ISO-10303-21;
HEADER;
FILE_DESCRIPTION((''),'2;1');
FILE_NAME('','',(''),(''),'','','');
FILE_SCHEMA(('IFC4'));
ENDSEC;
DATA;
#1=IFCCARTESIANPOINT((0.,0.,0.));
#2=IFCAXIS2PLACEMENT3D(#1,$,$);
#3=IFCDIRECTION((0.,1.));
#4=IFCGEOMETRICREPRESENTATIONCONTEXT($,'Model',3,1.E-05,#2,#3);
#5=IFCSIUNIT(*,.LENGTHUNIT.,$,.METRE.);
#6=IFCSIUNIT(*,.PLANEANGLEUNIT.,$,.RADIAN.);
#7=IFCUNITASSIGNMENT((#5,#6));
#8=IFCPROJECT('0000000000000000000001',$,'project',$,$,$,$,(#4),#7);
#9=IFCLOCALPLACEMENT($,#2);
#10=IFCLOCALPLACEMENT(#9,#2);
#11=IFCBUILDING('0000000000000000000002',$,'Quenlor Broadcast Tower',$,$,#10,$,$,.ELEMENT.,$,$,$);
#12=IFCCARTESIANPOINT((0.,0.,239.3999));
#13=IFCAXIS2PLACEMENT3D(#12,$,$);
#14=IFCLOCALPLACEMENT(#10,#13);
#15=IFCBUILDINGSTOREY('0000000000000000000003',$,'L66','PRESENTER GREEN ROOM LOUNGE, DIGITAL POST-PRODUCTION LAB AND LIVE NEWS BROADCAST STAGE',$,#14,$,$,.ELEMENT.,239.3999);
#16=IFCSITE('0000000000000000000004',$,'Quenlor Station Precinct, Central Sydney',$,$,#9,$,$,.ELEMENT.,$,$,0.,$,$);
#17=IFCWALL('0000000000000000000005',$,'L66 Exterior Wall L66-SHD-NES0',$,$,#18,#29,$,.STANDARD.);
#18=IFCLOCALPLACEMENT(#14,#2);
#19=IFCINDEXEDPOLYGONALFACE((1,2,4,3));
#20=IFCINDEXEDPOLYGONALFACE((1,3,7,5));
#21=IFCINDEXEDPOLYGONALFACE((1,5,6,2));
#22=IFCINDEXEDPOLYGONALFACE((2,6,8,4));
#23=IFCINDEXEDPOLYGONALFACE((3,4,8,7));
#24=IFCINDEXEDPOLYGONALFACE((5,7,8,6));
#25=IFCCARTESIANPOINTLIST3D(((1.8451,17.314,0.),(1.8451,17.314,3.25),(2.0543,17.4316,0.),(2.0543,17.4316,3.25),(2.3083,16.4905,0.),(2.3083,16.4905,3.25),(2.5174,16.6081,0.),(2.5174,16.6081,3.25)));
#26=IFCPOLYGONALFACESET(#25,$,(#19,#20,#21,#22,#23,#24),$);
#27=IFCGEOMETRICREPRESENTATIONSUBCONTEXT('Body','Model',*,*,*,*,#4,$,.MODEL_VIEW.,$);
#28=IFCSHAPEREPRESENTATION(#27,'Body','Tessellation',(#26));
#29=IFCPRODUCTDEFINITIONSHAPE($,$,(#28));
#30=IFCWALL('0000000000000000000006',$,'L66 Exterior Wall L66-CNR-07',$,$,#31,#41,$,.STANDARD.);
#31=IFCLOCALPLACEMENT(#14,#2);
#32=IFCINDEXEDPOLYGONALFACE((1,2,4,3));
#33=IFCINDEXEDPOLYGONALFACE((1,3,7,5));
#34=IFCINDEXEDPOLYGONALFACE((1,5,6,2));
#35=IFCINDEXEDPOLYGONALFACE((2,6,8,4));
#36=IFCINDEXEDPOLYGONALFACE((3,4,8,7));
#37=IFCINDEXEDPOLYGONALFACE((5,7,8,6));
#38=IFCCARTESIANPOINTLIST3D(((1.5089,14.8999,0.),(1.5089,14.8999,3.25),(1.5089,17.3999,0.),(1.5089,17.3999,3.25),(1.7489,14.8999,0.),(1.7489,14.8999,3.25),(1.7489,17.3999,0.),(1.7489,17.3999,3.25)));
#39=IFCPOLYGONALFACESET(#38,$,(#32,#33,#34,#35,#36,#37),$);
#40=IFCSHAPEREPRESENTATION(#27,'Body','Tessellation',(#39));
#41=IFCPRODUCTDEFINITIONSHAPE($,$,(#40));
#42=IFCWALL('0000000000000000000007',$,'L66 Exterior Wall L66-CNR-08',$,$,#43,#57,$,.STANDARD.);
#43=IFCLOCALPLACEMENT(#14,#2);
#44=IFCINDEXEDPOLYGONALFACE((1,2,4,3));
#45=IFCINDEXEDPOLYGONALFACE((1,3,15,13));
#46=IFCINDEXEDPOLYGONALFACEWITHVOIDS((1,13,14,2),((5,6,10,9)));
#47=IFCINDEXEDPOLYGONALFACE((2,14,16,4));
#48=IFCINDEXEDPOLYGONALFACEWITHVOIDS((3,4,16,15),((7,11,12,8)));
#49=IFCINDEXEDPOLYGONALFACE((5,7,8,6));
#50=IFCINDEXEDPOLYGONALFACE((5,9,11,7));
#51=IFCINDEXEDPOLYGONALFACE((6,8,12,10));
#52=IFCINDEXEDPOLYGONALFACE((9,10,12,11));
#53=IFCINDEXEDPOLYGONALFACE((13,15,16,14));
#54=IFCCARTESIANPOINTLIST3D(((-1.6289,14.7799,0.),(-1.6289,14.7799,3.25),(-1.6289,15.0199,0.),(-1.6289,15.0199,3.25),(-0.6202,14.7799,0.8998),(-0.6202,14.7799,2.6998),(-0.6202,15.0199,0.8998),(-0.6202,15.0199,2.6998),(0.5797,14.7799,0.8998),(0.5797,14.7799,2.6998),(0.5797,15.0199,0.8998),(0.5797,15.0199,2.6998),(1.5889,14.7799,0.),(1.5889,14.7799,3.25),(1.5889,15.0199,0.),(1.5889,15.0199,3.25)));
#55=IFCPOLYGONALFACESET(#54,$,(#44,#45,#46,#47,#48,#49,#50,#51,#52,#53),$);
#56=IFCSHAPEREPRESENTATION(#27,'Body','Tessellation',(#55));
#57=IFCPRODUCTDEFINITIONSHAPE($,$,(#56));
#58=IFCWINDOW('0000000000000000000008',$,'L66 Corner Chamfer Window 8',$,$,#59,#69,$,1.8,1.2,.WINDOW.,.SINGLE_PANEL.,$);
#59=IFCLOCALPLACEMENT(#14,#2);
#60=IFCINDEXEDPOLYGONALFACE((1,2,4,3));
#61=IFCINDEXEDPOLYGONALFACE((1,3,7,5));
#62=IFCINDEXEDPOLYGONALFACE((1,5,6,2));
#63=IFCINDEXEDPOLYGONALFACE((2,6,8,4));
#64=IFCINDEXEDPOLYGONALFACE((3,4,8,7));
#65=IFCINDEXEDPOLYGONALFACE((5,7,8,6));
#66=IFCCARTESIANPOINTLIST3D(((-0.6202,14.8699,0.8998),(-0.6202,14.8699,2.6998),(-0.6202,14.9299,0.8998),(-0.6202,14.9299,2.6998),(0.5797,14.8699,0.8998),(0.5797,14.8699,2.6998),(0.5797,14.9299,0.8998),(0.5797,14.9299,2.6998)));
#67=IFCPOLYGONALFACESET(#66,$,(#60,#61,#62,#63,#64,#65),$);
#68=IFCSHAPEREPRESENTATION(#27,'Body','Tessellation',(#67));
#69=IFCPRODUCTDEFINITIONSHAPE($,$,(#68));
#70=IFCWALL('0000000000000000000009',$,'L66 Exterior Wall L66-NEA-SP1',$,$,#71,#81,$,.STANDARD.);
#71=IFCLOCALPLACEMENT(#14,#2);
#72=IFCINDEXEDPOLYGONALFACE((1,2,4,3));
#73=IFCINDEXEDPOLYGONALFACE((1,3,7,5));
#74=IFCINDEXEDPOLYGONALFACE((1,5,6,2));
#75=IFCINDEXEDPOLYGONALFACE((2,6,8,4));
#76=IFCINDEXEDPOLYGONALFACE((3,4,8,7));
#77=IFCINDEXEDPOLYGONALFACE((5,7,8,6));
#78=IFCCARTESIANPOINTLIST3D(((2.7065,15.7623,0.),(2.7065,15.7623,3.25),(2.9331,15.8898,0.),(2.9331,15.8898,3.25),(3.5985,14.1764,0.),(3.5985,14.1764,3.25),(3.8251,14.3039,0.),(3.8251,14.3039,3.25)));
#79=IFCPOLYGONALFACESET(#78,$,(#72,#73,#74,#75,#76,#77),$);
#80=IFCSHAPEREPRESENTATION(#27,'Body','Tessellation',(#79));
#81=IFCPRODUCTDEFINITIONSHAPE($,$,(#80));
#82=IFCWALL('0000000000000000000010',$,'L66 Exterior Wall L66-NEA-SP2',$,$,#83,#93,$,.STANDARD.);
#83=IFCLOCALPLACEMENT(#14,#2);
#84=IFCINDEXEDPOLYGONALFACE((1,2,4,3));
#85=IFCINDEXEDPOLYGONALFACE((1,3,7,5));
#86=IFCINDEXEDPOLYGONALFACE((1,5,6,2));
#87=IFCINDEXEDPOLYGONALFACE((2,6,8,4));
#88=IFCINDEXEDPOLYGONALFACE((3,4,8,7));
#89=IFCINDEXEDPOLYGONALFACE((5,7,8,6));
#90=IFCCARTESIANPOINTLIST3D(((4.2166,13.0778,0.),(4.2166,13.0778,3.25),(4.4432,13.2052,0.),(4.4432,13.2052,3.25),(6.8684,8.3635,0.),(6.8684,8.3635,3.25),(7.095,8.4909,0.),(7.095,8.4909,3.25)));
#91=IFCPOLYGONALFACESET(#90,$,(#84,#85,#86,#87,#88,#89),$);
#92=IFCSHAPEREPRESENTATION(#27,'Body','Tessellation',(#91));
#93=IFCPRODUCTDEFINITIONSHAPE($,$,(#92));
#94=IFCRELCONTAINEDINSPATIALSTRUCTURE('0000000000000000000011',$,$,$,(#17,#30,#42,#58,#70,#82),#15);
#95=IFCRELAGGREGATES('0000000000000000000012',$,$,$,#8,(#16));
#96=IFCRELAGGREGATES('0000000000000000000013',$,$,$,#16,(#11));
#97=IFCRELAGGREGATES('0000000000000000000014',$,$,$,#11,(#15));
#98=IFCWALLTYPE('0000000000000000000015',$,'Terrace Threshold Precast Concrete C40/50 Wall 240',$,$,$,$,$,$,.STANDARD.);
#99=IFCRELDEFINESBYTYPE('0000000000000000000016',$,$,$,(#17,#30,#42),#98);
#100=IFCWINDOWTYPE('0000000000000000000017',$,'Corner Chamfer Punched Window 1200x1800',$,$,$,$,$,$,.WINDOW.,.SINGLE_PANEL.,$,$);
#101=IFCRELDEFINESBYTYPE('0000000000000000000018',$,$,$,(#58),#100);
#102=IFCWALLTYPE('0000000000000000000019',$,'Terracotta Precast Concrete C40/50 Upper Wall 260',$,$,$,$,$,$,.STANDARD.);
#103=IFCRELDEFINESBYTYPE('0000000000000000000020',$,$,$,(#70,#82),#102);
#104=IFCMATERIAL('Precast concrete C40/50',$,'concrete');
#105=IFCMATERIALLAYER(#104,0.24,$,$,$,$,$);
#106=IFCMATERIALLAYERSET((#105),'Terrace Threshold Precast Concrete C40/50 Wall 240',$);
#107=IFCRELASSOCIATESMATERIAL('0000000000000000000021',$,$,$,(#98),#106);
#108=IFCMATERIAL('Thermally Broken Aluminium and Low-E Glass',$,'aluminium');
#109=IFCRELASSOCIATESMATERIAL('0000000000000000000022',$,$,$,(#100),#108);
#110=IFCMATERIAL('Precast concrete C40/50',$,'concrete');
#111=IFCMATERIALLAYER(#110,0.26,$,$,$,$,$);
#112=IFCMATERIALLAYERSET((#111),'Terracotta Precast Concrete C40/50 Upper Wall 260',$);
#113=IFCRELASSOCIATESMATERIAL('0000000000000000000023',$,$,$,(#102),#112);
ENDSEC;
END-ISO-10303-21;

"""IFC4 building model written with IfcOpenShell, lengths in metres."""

from ifc_helpers import new_model, si_unit, direction, frame, frame_2d, origin, place, context, subcontext, project, spatial, rectangle, extrude, material, layer, layer_set, type_object, element, fill, save


model = new_model("IFC4")

# Units and contexts
model_context = context("Model", 3, precision=1e-05, world=origin(), true_north=direction((0.0, 1.0)))
body_context = subcontext(model_context, "Body", "Model", "MODEL_VIEW")
ifc_project = project(units=[si_unit("LENGTHUNIT", "METRE"), si_unit("PLANEANGLEUNIT", "RADIAN")], contexts=[model_context])

# Site, building, storey
site_placement = place(None, origin())
site = spatial("IfcSite", under=ifc_project, at=site_placement, Name="Quenlor Station Precinct, Central Sydney", CompositionType="ELEMENT", RefElevation=0.0)
building_placement = place(site_placement, origin())
building = spatial("IfcBuilding", under=site, at=building_placement, Name="Quenlor Broadcast Tower", CompositionType="ELEMENT")
storey_placement = place(building_placement, frame((0.0, 0.0, 239.3999)))
storey = spatial("IfcBuildingStorey", under=building, at=storey_placement, Name="L66", Description="PRESENTER GREEN ROOM LOUNGE, DIGITAL POST-PRODUCTION LAB AND LIVE NEWS BROADCAST STAGE", CompositionType="ELEMENT", Elevation=239.3999)

# Walls
ifc_material_1 = material(Name="Precast concrete C40/50", Category="concrete")
ifc_layer_1 = layer(ifc_material_1, 0.24)
ifc_layer_set_1 = layer_set([ifc_layer_1], Name="Terrace Threshold Precast Concrete C40/50 Wall 240")
wall_type_1 = type_object("IfcWallType", Name="Terrace Threshold Precast Concrete C40/50 Wall 240", PredefinedType="STANDARD", material=ifc_layer_set_1)
wall_1_placement = place(storey_placement, frame((1.9497, 17.3728, 0.0), z_axis=(0.0, 0.0, 1.0), x_axis=(0.4902, -0.87161, 0.0)))
element("IfcWall", 1, at=wall_1_placement, inside=storey, type_object=wall_type_1, Name="L66 Exterior Wall L66-SHD-NES0", PredefinedType="STANDARD", context=body_context, shape_type="SweptSolid", body=[
    extrude(rectangle(XDim=0.9448, YDim=0.24, at=frame_2d((0.4724, 0.0))), origin(), (0.0, 0.0, 1.0), 3.25),
])
wall_2_placement = place(storey_placement, frame((1.6289, 17.3999, 0.0), z_axis=(0.0, 0.0, 1.0), x_axis=(0.0, -1.0, 0.0)))
element("IfcWall", 2, at=wall_2_placement, inside=storey, type_object=wall_type_1, Name="L66 Exterior Wall L66-CNR-07", PredefinedType="STANDARD", context=body_context, shape_type="SweptSolid", body=[
    extrude(rectangle(XDim=2.5, YDim=0.24, at=frame_2d((1.25, 0.0))), origin(), (0.0, 0.0, 1.0), 3.25),
])

# Wall, opening, window
wall_3_placement = place(storey_placement, frame((1.5889, 14.8999, 0.0), z_axis=(0.0, 0.0, 1.0), x_axis=(-1.0, 0.0, 0.0)))
wall_3 = element("IfcWall", 3, at=wall_3_placement, inside=storey, type_object=wall_type_1, Name="L66 Exterior Wall L66-CNR-08", PredefinedType="STANDARD", context=body_context, shape_type="SweptSolid", body=[
    extrude(rectangle(XDim=3.2178, YDim=0.24, at=frame_2d((1.6089, 0.0))), origin(), (0.0, 0.0, 1.0), 3.25),
])
opening_placement = place(wall_3_placement, frame((1.009, 0.0, 0.8999)))
opening = element("IfcOpeningElement", 4, at=opening_placement, cuts=wall_3, PredefinedType="OPENING", context=body_context, shape_type="SweptSolid", body=[
    extrude(rectangle(XDim=1.2, YDim=1.8, at=frame_2d((0.6001, 0.8999))), frame((0.0, 0.1299, 0.0), z_axis=(0.0, -1.0, 0.0), x_axis=(1.0, 0.0, 0.0)), (0.0, 0.0, 1.0), 0.26),
])
ifc_material_2 = material(Name="Thermally Broken Aluminium and Low-E Glass", Category="aluminium")
window_type = type_object("IfcWindowType", Name="Corner Chamfer Punched Window 1200x1800", PartitioningType="SINGLE_PANEL", PredefinedType="WINDOW", material=ifc_material_2)
window_placement = place(opening_placement, origin())
window = element("IfcWindow", 5, at=window_placement, inside=storey, type_object=window_type, Name="L66 Corner Chamfer Window 8", OverallHeight=1.8, OverallWidth=1.2, PartitioningType="SINGLE_PANEL", PredefinedType="WINDOW", context=body_context, shape_type="SweptSolid", body=[
    extrude(rectangle(XDim=1.2, YDim=1.8, at=frame_2d((0.6001, 0.8999))), frame((0.0, 0.03, 0.0), z_axis=(0.0, -1.0, 0.0), x_axis=(1.0, 0.0, 0.0)), (0.0, 0.0, 1.0), 0.0601),
])
fill(opening, window)

# Walls
ifc_material_3 = material(Name="Precast concrete C40/50", Category="concrete")
ifc_layer_2 = layer(ifc_material_3, 0.26)
ifc_layer_set_2 = layer_set([ifc_layer_2], Name="Terracotta Precast Concrete C40/50 Upper Wall 260")
wall_type_2 = type_object("IfcWallType", Name="Terracotta Precast Concrete C40/50 Upper Wall 260", PredefinedType="STANDARD", material=ifc_layer_set_2)
wall_4_placement = place(storey_placement, frame((2.8198, 15.8259, 0.0), z_axis=(0.0, 0.0, 1.0), x_axis=(0.490261, -0.871576, 0.0)))
element("IfcWall", 6, at=wall_4_placement, inside=storey, type_object=wall_type_2, Name="L66 Exterior Wall L66-NEA-SP1", PredefinedType="STANDARD", context=body_context, shape_type="SweptSolid", body=[
    extrude(rectangle(XDim=1.8196, YDim=0.26, at=frame_2d((0.9097, 0.0))), origin(), (0.0, 0.0, 1.0), 3.25),
])
wall_5_placement = place(storey_placement, frame((4.3298, 13.1416, 0.0), z_axis=(0.0, 0.0, 1.0), x_axis=(0.490266, -0.871573, 0.0)))
element("IfcWall", 7, at=wall_5_placement, inside=storey, type_object=wall_type_2, Name="L66 Exterior Wall L66-NEA-SP2", PredefinedType="STANDARD", context=body_context, shape_type="SweptSolid", body=[
    extrude(rectangle(XDim=5.4089, YDim=0.26, at=frame_2d((2.7046, 0.0))), origin(), (0.0, 0.0, 1.0), 3.25),
])

save(model, "model.ifc")
